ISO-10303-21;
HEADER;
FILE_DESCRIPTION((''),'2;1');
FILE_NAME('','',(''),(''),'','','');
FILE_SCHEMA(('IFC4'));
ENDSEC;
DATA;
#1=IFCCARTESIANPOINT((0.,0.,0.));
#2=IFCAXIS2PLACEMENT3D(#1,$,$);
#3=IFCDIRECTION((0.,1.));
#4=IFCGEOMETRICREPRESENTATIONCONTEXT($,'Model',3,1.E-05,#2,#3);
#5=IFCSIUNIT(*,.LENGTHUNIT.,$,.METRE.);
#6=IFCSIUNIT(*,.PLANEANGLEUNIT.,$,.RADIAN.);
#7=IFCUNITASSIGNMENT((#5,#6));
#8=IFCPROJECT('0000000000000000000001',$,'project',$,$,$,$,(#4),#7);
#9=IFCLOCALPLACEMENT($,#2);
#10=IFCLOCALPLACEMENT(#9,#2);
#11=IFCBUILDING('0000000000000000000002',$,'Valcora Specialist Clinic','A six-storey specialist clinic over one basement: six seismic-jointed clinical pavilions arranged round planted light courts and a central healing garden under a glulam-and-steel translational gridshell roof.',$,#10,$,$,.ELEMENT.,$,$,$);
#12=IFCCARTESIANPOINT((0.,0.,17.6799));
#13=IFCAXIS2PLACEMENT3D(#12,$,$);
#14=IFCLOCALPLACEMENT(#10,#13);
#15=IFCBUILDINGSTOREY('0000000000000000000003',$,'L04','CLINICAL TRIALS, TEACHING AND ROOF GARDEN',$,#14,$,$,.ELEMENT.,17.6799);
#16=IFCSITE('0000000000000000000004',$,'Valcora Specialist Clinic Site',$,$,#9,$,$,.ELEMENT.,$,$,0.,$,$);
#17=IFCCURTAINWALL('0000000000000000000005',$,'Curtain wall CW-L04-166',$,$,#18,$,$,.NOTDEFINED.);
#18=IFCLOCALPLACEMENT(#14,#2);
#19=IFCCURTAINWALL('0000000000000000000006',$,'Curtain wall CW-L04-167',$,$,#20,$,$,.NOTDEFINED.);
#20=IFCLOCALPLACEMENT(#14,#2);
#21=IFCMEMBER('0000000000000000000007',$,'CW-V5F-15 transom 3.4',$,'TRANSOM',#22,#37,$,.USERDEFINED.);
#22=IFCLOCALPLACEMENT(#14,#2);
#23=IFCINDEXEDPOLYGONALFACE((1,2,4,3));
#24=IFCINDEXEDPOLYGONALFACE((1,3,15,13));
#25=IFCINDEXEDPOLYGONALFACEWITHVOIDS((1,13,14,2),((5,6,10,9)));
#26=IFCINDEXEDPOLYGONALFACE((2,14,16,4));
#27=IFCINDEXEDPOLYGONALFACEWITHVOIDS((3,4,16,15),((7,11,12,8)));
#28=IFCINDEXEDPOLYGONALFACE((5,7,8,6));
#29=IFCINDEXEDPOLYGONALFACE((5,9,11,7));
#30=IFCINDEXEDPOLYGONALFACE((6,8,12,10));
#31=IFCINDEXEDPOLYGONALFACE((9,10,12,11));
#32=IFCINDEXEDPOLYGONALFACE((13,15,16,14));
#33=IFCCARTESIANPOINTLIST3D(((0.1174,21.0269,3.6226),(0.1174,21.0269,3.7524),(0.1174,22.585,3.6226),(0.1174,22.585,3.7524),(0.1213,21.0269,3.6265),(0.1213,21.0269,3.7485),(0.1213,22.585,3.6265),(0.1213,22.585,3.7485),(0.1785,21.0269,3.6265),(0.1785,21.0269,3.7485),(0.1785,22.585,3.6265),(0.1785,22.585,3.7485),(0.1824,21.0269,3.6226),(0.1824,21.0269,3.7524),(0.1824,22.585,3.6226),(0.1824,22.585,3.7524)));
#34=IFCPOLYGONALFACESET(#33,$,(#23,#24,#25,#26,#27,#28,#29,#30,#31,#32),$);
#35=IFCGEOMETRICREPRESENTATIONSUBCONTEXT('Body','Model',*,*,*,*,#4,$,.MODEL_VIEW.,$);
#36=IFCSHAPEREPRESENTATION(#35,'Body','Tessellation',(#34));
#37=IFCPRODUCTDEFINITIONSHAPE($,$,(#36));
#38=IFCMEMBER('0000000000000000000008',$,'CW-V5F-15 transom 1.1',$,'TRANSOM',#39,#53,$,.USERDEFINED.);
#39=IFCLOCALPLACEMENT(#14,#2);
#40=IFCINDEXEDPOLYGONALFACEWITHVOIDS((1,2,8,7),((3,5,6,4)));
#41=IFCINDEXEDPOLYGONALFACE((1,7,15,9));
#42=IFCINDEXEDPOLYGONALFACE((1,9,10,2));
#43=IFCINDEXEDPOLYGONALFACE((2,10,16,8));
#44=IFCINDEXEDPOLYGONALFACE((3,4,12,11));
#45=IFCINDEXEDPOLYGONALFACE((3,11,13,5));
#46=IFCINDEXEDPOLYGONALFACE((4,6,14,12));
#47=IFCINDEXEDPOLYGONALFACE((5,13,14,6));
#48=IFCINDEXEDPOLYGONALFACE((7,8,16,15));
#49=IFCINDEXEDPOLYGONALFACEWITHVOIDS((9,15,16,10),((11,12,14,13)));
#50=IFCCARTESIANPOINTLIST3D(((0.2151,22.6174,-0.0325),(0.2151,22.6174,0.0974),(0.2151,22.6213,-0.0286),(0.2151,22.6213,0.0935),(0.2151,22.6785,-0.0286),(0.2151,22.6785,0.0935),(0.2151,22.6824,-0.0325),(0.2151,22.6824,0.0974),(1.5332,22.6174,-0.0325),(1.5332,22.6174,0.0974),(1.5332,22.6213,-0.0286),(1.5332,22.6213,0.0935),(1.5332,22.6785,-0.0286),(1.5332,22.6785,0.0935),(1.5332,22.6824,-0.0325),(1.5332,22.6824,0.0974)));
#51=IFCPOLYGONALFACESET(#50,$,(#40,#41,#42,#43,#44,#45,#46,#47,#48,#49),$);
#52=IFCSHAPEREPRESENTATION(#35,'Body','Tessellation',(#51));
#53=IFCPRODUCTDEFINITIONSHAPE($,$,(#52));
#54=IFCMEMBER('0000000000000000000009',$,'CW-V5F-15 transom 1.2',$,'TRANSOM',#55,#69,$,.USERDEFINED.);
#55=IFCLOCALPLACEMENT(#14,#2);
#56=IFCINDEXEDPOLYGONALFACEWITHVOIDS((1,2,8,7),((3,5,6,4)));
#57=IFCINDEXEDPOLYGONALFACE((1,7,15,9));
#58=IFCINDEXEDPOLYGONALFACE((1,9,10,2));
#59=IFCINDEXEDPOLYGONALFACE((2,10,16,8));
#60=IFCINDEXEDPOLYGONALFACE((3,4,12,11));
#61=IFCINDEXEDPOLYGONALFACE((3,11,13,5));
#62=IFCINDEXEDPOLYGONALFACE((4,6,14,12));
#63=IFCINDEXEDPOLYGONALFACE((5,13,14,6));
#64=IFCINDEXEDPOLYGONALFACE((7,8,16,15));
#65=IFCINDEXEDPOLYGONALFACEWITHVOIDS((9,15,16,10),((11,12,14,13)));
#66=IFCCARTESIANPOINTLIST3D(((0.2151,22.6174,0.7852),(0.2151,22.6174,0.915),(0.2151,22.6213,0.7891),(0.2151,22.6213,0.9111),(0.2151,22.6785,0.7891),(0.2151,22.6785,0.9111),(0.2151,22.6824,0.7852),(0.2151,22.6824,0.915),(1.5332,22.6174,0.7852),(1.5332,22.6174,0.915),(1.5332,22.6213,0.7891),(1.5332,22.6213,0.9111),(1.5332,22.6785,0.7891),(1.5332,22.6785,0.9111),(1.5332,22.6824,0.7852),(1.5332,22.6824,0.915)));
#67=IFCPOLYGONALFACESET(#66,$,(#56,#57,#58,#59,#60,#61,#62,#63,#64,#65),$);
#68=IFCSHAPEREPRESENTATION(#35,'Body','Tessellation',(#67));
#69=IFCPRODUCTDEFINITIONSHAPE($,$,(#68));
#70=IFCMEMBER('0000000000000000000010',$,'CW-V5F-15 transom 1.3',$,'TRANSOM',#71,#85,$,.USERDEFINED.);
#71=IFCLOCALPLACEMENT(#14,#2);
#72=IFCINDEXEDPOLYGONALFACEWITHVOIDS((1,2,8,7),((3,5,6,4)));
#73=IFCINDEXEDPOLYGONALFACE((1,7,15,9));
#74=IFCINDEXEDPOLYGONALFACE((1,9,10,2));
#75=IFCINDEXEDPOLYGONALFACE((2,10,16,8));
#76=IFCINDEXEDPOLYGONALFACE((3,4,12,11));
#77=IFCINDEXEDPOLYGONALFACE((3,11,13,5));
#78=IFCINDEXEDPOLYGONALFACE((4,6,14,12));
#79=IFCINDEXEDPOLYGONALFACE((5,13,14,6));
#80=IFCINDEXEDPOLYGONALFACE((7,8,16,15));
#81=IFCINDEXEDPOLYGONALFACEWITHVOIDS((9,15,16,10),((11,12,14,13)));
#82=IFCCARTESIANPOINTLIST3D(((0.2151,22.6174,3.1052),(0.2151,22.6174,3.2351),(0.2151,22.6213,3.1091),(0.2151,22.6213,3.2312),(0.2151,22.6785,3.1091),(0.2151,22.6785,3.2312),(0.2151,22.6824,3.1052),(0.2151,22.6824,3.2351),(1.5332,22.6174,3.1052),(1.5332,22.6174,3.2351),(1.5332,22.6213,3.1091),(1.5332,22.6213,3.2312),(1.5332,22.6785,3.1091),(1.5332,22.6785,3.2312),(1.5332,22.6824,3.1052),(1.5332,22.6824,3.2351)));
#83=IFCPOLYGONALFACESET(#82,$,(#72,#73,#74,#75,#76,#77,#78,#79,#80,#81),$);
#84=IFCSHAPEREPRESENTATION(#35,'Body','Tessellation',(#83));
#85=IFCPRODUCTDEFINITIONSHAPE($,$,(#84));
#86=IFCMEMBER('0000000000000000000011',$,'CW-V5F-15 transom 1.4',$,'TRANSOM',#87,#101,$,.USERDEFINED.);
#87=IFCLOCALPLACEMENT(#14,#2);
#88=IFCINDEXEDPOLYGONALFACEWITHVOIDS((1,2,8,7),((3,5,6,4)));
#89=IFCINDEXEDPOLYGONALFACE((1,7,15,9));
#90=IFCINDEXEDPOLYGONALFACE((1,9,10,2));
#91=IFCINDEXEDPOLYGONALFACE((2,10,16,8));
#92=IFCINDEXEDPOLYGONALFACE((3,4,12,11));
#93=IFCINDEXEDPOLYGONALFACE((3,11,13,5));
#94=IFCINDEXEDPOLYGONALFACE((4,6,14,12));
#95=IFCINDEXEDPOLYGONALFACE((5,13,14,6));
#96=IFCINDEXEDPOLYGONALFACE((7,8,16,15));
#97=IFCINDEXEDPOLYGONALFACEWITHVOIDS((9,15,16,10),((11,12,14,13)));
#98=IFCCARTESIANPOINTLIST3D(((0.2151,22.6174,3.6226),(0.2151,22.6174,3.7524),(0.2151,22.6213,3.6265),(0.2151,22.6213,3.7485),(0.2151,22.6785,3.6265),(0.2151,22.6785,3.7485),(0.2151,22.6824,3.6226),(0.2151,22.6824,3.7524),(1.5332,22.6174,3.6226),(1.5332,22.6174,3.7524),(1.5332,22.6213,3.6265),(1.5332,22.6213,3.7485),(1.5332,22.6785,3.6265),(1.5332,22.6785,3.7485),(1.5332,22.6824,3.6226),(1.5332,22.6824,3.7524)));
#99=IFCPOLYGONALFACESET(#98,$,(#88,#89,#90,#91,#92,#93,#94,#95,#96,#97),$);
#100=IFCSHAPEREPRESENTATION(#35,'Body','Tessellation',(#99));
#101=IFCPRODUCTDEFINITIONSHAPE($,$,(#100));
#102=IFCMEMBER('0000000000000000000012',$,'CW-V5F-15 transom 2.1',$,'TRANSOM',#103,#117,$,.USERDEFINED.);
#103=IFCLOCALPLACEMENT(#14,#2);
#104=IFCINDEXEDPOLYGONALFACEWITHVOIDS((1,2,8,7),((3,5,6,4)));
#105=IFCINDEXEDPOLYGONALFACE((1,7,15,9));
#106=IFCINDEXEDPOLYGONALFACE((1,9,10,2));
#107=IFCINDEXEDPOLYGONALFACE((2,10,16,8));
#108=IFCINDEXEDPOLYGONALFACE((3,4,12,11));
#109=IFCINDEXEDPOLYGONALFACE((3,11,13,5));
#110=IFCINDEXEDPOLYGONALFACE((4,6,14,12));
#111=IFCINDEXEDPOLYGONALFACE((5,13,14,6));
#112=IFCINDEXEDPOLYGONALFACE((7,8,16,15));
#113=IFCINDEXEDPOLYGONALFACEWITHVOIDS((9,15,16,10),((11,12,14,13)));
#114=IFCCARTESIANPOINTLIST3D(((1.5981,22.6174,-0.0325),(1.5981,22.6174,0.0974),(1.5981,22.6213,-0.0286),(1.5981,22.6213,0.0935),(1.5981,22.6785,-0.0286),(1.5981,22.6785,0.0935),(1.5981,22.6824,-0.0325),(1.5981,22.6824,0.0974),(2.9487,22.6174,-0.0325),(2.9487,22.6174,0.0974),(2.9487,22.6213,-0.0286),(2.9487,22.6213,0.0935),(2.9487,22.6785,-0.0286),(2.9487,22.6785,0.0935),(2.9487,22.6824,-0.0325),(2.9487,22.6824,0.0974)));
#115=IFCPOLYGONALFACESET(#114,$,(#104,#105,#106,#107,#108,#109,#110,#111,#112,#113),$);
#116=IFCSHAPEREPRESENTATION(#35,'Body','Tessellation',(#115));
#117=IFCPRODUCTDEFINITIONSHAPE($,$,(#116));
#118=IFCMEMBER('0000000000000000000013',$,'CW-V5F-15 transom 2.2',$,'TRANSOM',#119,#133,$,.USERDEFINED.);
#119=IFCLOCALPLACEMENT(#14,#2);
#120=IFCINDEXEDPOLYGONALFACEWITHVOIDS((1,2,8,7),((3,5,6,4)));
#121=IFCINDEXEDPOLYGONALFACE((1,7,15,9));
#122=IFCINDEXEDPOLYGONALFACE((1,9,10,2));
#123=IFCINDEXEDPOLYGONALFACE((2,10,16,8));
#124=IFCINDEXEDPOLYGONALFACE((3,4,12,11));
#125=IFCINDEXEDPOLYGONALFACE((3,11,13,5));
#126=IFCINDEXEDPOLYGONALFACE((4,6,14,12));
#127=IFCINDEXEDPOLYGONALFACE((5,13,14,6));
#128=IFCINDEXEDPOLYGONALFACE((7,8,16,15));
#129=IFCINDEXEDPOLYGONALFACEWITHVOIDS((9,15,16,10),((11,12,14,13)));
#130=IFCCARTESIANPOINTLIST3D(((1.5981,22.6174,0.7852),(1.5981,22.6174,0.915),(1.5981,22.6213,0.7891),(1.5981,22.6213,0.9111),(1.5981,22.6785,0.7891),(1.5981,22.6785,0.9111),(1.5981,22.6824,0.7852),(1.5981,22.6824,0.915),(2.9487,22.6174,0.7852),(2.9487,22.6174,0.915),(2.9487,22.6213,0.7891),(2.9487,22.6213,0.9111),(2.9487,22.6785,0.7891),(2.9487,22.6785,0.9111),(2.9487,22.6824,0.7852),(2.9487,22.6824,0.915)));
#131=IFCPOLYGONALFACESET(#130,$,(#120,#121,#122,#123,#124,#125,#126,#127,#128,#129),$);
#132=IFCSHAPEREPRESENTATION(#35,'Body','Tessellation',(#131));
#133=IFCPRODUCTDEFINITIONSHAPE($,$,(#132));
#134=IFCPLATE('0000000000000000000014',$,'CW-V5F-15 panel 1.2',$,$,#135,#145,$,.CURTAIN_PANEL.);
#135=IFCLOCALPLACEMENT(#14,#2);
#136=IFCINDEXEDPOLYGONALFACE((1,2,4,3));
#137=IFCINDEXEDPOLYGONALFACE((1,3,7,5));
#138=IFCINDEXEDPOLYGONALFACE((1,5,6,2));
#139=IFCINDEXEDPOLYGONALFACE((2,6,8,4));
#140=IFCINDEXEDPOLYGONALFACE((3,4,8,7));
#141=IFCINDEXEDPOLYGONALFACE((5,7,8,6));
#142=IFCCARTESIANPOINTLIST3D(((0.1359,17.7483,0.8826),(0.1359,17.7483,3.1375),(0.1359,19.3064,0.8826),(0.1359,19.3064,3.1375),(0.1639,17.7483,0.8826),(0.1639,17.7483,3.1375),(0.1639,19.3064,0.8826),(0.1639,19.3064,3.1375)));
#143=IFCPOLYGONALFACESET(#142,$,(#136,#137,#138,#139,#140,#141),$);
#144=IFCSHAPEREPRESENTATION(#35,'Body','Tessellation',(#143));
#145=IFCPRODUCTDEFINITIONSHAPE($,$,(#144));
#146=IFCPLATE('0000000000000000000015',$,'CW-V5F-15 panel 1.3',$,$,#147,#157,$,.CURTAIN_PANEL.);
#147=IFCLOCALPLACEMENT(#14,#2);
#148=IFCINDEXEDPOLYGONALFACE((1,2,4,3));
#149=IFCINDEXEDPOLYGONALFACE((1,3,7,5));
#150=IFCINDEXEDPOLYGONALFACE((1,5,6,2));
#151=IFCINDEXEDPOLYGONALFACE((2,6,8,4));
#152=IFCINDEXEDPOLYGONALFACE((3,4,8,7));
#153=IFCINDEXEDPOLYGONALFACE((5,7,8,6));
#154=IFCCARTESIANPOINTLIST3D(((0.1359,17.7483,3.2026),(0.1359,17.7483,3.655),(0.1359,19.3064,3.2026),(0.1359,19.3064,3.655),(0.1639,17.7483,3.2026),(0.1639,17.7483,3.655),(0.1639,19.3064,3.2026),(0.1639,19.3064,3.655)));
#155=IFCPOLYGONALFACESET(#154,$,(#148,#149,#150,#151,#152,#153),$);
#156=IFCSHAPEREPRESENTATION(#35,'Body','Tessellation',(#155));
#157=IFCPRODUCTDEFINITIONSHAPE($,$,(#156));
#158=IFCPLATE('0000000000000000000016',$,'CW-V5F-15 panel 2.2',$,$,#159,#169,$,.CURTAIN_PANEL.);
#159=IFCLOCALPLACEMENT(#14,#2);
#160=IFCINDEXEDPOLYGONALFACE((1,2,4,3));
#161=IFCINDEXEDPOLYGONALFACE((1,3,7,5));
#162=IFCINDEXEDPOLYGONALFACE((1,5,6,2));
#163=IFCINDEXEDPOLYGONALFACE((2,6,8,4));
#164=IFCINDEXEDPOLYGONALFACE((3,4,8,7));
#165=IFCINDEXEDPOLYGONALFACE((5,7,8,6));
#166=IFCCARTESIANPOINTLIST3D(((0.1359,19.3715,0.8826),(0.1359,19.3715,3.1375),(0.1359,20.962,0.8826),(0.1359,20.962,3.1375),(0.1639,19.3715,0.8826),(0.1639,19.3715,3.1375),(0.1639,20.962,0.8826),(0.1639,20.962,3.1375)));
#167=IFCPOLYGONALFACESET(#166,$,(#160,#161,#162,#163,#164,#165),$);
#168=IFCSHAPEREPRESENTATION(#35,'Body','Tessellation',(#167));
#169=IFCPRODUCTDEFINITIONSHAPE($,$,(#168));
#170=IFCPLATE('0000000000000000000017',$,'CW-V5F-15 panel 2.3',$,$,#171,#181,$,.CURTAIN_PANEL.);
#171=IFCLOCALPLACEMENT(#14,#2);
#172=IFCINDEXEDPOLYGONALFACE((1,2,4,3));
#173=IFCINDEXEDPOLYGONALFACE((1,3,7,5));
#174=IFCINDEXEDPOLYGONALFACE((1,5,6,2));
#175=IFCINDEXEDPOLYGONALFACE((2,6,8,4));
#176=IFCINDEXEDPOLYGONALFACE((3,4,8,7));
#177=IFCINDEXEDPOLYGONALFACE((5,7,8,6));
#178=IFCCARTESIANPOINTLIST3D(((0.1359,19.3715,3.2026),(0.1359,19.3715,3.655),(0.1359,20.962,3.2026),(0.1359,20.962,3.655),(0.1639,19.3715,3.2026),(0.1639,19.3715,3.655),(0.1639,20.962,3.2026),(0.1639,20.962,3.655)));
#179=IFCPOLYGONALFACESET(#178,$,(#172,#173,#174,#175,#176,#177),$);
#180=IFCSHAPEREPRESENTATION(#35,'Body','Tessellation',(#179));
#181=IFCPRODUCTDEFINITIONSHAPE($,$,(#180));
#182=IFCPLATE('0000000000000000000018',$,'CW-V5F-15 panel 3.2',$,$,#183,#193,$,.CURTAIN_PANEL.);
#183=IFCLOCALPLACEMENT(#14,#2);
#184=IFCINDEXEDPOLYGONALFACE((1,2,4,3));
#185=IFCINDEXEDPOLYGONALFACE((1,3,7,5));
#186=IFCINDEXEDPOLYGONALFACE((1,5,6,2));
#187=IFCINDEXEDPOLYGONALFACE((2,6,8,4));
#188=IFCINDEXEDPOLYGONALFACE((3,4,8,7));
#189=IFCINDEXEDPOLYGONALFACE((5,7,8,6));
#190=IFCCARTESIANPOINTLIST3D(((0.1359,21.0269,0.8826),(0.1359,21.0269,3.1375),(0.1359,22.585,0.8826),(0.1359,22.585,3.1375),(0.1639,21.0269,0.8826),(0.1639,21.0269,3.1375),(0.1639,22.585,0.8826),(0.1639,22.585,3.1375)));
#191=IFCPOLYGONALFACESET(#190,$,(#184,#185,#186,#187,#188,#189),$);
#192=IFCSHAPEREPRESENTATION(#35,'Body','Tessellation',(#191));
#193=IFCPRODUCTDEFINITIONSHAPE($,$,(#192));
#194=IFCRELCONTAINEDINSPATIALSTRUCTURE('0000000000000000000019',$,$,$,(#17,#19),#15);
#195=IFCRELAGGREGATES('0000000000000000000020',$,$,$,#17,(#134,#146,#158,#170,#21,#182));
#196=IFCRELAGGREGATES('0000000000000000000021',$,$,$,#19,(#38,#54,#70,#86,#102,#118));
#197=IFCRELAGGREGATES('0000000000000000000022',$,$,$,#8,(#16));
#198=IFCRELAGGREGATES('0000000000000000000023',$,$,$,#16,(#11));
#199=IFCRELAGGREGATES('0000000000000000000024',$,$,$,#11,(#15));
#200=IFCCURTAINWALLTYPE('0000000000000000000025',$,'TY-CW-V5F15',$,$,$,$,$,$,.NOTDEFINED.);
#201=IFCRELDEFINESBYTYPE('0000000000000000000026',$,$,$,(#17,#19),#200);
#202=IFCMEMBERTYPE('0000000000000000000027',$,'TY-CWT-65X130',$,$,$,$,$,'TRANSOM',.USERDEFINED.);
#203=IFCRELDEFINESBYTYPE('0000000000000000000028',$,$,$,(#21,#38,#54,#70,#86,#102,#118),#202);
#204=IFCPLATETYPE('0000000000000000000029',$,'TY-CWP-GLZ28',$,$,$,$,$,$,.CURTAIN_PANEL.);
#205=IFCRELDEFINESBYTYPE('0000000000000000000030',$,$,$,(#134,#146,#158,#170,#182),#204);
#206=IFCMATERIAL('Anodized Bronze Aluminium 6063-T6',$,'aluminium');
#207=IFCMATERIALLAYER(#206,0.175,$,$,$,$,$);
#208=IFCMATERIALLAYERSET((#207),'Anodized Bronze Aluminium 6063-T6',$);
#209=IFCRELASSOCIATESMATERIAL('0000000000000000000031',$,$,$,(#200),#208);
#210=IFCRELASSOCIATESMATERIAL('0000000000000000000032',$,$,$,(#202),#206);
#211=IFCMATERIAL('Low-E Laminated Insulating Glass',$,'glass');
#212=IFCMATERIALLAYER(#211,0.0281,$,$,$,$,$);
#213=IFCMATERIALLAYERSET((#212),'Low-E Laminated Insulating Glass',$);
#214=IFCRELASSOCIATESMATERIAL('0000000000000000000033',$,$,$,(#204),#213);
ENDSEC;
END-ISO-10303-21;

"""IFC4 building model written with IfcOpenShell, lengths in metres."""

from ifc_helpers import new_model, si_unit, direction, frame, origin, origin_2d, place, context, subcontext, project, spatial, rectangle, hollow_rectangle, extrude, material, layer, layer_set, material_profile, profile_set, type_object, element, aggregate, save


model = new_model("IFC4")

# Units and contexts
model_context = context("Model", 3, precision=1e-05, world=origin(), true_north=direction((0.0, 1.0)))
body_context = subcontext(model_context, "Body", "Model", "MODEL_VIEW")
ifc_project = project(units=[si_unit("LENGTHUNIT", "METRE"), si_unit("PLANEANGLEUNIT", "RADIAN")], contexts=[model_context])

# Site, building, storey
site_placement = place(None, origin())
site = spatial("IfcSite", under=ifc_project, at=site_placement, Name="Valcora Specialist Clinic Site", CompositionType="ELEMENT", RefElevation=0.0)
building_placement = place(site_placement, origin())
building = spatial("IfcBuilding", under=site, at=building_placement, Name="Valcora Specialist Clinic", Description="A six-storey specialist clinic over one basement: six seismic-jointed clinical pavilions arranged round planted light courts and a central healing garden under a glulam-and-steel translational gridshell roof.", CompositionType="ELEMENT")
storey_placement = place(building_placement, frame((0.0, 0.0, 17.6799)))
storey = spatial("IfcBuildingStorey", under=building, at=storey_placement, Name="L04", Description="CLINICAL TRIALS, TEACHING AND ROOF GARDEN", CompositionType="ELEMENT", Elevation=17.6799)

# Curtain walls
ifc_material_1 = material(Name="Anodized Bronze Aluminium 6063-T6", Category="aluminium")
ifc_layer_1 = layer(ifc_material_1, 0.175)
ifc_layer_set_1 = layer_set([ifc_layer_1], Name="Anodized Bronze Aluminium 6063-T6")
curtain_wall_type = type_object("IfcCurtainWallType", Name="TY-CW-V5F15", PredefinedType="NOTDEFINED", material=ifc_layer_set_1)
curtain_wall_1_placement = place(storey_placement, origin())
curtain_wall_1 = element("IfcCurtainWall", 1, at=curtain_wall_1_placement, inside=storey, type_object=curtain_wall_type, Name="Curtain wall CW-L04-166", PredefinedType="NOTDEFINED")
curtain_wall_2_placement = place(storey_placement, origin())
curtain_wall_2 = element("IfcCurtainWall", 2, at=curtain_wall_2_placement, inside=storey, type_object=curtain_wall_type, Name="Curtain wall CW-L04-167", PredefinedType="NOTDEFINED")

# Members
ifc_material_profile_1 = material_profile(ifc_material_1, hollow_rectangle(XDim=0.0649, YDim=0.1299, WallThickness=0.0039, at=origin_2d()), Name="AL-TRN-65X130")
ifc_profile_set_1 = profile_set([ifc_material_profile_1], Name="Anodized Bronze Aluminium 6063-T6")
member_type_1 = type_object("IfcMemberType", Name="TY-CWT-65X130", ElementType="TRANSOM", PredefinedType="USERDEFINED", material=ifc_profile_set_1)
member_1_placement = place(storey_placement, frame((0.1499, 21.0269, 3.6875), z_axis=(0.0, 1.0, 0.0), x_axis=(-1.0, 0.0, 0.0)))
member_1 = element("IfcMember", 3, at=member_1_placement, type_object=member_type_1, Name="CW-V5F-15 transom 3.4", ObjectType="TRANSOM", PredefinedType="USERDEFINED", context=body_context, shape_type="SweptSolid", body=[
    extrude(hollow_rectangle(XDim=0.0649, YDim=0.1299, WallThickness=0.0039, at=origin_2d()), origin(), (0.0, 0.0, 1.0), 1.5581),
])
member_2_placement = place(storey_placement, frame((0.2151, 22.6499, 0.0325), z_axis=(1.0, 0.0, 0.0), x_axis=(0.0, 1.0, 0.0)))
member_2 = element("IfcMember", 4, at=member_2_placement, type_object=member_type_1, Name="CW-V5F-15 transom 1.1", ObjectType="TRANSOM", PredefinedType="USERDEFINED", context=body_context, shape_type="SweptSolid", body=[
    extrude(hollow_rectangle(XDim=0.0649, YDim=0.1299, WallThickness=0.0039, at=origin_2d()), origin(), (0.0, 0.0, 1.0), 1.3181),
])
member_3_placement = place(storey_placement, frame((0.2151, 22.6499, 0.8501), z_axis=(1.0, 0.0, 0.0), x_axis=(0.0, 1.0, 0.0)))
member_3 = element("IfcMember", 5, at=member_3_placement, type_object=member_type_1, Name="CW-V5F-15 transom 1.2", ObjectType="TRANSOM", PredefinedType="USERDEFINED", context=body_context, shape_type="SweptSolid", body=[
    extrude(hollow_rectangle(XDim=0.0649, YDim=0.1299, WallThickness=0.0039, at=origin_2d()), origin(), (0.0, 0.0, 1.0), 1.3181),
])
member_4_placement = place(storey_placement, frame((0.2151, 22.6499, 3.1702), z_axis=(1.0, 0.0, 0.0), x_axis=(0.0, 1.0, 0.0)))
member_4 = element("IfcMember", 6, at=member_4_placement, type_object=member_type_1, Name="CW-V5F-15 transom 1.3", ObjectType="TRANSOM", PredefinedType="USERDEFINED", context=body_context, shape_type="SweptSolid", body=[
    extrude(hollow_rectangle(XDim=0.0649, YDim=0.1299, WallThickness=0.0039, at=origin_2d()), origin(), (0.0, 0.0, 1.0), 1.3181),
])
member_5_placement = place(storey_placement, frame((0.2151, 22.6499, 3.6875), z_axis=(1.0, 0.0, 0.0), x_axis=(0.0, 1.0, 0.0)))
member_5 = element("IfcMember", 7, at=member_5_placement, type_object=member_type_1, Name="CW-V5F-15 transom 1.4", ObjectType="TRANSOM", PredefinedType="USERDEFINED", context=body_context, shape_type="SweptSolid", body=[
    extrude(hollow_rectangle(XDim=0.0649, YDim=0.1299, WallThickness=0.0039, at=origin_2d()), origin(), (0.0, 0.0, 1.0), 1.3181),
])
member_6_placement = place(storey_placement, frame((1.5981, 22.6499, 0.0325), z_axis=(1.0, 0.0, 0.0), x_axis=(0.0, 1.0, 0.0)))
member_6 = element("IfcMember", 8, at=member_6_placement, type_object=member_type_1, Name="CW-V5F-15 transom 2.1", ObjectType="TRANSOM", PredefinedType="USERDEFINED", context=body_context, shape_type="SweptSolid", body=[
    extrude(hollow_rectangle(XDim=0.0649, YDim=0.1299, WallThickness=0.0039, at=origin_2d()), origin(), (0.0, 0.0, 1.0), 1.3506),
])
member_7_placement = place(storey_placement, frame((1.5981, 22.6499, 0.8501), z_axis=(1.0, 0.0, 0.0), x_axis=(0.0, 1.0, 0.0)))
member_7 = element("IfcMember", 9, at=member_7_placement, type_object=member_type_1, Name="CW-V5F-15 transom 2.2", ObjectType="TRANSOM", PredefinedType="USERDEFINED", context=body_context, shape_type="SweptSolid", body=[
    extrude(hollow_rectangle(XDim=0.0649, YDim=0.1299, WallThickness=0.0039, at=origin_2d()), origin(), (0.0, 0.0, 1.0), 1.3506),
])

# Plates
ifc_material_2 = material(Name="Low-E Laminated Insulating Glass", Category="glass")
ifc_layer_2 = layer(ifc_material_2, 0.0281)
ifc_layer_set_2 = layer_set([ifc_layer_2], Name="Low-E Laminated Insulating Glass")
plate_type_1 = type_object("IfcPlateType", Name="TY-CWP-GLZ28", PredefinedType="CURTAIN_PANEL", material=ifc_layer_set_2)
plate_1_placement = place(storey_placement, frame((0.1499, 18.5273, 0.8826), z_axis=(0.0, 0.0, 1.0), x_axis=(0.0, 1.0, 0.0)))
plate_1 = element("IfcPlate", 10, at=plate_1_placement, type_object=plate_type_1, Name="CW-V5F-15 panel 1.2", PredefinedType="CURTAIN_PANEL", context=body_context, shape_type="SweptSolid", body=[
    extrude(rectangle(XDim=1.5581, YDim=0.0281, at=origin_2d()), origin(), (0.0, 0.0, 1.0), 2.2549),
])
plate_2_placement = place(storey_placement, frame((0.1499, 18.5273, 3.2026), z_axis=(0.0, 0.0, 1.0), x_axis=(0.0, 1.0, 0.0)))
plate_2 = element("IfcPlate", 11, at=plate_2_placement, type_object=plate_type_1, Name="CW-V5F-15 panel 1.3", PredefinedType="CURTAIN_PANEL", context=body_context, shape_type="SweptSolid", body=[
    extrude(rectangle(XDim=1.5581, YDim=0.0281, at=origin_2d()), origin(), (0.0, 0.0, 1.0), 0.4524),
])
plate_3_placement = place(storey_placement, frame((0.1499, 20.1667, 0.8826), z_axis=(0.0, 0.0, 1.0), x_axis=(0.0, 1.0, 0.0)))
plate_3 = element("IfcPlate", 12, at=plate_3_placement, type_object=plate_type_1, Name="CW-V5F-15 panel 2.2", PredefinedType="CURTAIN_PANEL", context=body_context, shape_type="SweptSolid", body=[
    extrude(rectangle(XDim=1.5906, YDim=0.0281, at=origin_2d()), origin(), (0.0, 0.0, 1.0), 2.2549),
])
plate_4_placement = place(storey_placement, frame((0.1499, 20.1667, 3.2026), z_axis=(0.0, 0.0, 1.0), x_axis=(0.0, 1.0, 0.0)))
plate_4 = element("IfcPlate", 13, at=plate_4_placement, type_object=plate_type_1, Name="CW-V5F-15 panel 2.3", PredefinedType="CURTAIN_PANEL", context=body_context, shape_type="SweptSolid", body=[
    extrude(rectangle(XDim=1.5906, YDim=0.0281, at=origin_2d()), origin(), (0.0, 0.0, 1.0), 0.4524),
])
plate_5_placement = place(storey_placement, frame((0.1499, 21.8059, 0.8826), z_axis=(0.0, 0.0, 1.0), x_axis=(0.0, 1.0, 0.0)))
plate_5 = element("IfcPlate", 14, at=plate_5_placement, type_object=plate_type_1, Name="CW-V5F-15 panel 3.2", PredefinedType="CURTAIN_PANEL", context=body_context, shape_type="SweptSolid", body=[
    extrude(rectangle(XDim=1.5581, YDim=0.0281, at=origin_2d()), origin(), (0.0, 0.0, 1.0), 2.2549),
])
aggregate(curtain_wall_1, [plate_1, plate_2, plate_3, plate_4, member_1, plate_5])
aggregate(curtain_wall_2, [member_2, member_3, member_4, member_5, member_6, member_7])

save(model, "model.ifc")
